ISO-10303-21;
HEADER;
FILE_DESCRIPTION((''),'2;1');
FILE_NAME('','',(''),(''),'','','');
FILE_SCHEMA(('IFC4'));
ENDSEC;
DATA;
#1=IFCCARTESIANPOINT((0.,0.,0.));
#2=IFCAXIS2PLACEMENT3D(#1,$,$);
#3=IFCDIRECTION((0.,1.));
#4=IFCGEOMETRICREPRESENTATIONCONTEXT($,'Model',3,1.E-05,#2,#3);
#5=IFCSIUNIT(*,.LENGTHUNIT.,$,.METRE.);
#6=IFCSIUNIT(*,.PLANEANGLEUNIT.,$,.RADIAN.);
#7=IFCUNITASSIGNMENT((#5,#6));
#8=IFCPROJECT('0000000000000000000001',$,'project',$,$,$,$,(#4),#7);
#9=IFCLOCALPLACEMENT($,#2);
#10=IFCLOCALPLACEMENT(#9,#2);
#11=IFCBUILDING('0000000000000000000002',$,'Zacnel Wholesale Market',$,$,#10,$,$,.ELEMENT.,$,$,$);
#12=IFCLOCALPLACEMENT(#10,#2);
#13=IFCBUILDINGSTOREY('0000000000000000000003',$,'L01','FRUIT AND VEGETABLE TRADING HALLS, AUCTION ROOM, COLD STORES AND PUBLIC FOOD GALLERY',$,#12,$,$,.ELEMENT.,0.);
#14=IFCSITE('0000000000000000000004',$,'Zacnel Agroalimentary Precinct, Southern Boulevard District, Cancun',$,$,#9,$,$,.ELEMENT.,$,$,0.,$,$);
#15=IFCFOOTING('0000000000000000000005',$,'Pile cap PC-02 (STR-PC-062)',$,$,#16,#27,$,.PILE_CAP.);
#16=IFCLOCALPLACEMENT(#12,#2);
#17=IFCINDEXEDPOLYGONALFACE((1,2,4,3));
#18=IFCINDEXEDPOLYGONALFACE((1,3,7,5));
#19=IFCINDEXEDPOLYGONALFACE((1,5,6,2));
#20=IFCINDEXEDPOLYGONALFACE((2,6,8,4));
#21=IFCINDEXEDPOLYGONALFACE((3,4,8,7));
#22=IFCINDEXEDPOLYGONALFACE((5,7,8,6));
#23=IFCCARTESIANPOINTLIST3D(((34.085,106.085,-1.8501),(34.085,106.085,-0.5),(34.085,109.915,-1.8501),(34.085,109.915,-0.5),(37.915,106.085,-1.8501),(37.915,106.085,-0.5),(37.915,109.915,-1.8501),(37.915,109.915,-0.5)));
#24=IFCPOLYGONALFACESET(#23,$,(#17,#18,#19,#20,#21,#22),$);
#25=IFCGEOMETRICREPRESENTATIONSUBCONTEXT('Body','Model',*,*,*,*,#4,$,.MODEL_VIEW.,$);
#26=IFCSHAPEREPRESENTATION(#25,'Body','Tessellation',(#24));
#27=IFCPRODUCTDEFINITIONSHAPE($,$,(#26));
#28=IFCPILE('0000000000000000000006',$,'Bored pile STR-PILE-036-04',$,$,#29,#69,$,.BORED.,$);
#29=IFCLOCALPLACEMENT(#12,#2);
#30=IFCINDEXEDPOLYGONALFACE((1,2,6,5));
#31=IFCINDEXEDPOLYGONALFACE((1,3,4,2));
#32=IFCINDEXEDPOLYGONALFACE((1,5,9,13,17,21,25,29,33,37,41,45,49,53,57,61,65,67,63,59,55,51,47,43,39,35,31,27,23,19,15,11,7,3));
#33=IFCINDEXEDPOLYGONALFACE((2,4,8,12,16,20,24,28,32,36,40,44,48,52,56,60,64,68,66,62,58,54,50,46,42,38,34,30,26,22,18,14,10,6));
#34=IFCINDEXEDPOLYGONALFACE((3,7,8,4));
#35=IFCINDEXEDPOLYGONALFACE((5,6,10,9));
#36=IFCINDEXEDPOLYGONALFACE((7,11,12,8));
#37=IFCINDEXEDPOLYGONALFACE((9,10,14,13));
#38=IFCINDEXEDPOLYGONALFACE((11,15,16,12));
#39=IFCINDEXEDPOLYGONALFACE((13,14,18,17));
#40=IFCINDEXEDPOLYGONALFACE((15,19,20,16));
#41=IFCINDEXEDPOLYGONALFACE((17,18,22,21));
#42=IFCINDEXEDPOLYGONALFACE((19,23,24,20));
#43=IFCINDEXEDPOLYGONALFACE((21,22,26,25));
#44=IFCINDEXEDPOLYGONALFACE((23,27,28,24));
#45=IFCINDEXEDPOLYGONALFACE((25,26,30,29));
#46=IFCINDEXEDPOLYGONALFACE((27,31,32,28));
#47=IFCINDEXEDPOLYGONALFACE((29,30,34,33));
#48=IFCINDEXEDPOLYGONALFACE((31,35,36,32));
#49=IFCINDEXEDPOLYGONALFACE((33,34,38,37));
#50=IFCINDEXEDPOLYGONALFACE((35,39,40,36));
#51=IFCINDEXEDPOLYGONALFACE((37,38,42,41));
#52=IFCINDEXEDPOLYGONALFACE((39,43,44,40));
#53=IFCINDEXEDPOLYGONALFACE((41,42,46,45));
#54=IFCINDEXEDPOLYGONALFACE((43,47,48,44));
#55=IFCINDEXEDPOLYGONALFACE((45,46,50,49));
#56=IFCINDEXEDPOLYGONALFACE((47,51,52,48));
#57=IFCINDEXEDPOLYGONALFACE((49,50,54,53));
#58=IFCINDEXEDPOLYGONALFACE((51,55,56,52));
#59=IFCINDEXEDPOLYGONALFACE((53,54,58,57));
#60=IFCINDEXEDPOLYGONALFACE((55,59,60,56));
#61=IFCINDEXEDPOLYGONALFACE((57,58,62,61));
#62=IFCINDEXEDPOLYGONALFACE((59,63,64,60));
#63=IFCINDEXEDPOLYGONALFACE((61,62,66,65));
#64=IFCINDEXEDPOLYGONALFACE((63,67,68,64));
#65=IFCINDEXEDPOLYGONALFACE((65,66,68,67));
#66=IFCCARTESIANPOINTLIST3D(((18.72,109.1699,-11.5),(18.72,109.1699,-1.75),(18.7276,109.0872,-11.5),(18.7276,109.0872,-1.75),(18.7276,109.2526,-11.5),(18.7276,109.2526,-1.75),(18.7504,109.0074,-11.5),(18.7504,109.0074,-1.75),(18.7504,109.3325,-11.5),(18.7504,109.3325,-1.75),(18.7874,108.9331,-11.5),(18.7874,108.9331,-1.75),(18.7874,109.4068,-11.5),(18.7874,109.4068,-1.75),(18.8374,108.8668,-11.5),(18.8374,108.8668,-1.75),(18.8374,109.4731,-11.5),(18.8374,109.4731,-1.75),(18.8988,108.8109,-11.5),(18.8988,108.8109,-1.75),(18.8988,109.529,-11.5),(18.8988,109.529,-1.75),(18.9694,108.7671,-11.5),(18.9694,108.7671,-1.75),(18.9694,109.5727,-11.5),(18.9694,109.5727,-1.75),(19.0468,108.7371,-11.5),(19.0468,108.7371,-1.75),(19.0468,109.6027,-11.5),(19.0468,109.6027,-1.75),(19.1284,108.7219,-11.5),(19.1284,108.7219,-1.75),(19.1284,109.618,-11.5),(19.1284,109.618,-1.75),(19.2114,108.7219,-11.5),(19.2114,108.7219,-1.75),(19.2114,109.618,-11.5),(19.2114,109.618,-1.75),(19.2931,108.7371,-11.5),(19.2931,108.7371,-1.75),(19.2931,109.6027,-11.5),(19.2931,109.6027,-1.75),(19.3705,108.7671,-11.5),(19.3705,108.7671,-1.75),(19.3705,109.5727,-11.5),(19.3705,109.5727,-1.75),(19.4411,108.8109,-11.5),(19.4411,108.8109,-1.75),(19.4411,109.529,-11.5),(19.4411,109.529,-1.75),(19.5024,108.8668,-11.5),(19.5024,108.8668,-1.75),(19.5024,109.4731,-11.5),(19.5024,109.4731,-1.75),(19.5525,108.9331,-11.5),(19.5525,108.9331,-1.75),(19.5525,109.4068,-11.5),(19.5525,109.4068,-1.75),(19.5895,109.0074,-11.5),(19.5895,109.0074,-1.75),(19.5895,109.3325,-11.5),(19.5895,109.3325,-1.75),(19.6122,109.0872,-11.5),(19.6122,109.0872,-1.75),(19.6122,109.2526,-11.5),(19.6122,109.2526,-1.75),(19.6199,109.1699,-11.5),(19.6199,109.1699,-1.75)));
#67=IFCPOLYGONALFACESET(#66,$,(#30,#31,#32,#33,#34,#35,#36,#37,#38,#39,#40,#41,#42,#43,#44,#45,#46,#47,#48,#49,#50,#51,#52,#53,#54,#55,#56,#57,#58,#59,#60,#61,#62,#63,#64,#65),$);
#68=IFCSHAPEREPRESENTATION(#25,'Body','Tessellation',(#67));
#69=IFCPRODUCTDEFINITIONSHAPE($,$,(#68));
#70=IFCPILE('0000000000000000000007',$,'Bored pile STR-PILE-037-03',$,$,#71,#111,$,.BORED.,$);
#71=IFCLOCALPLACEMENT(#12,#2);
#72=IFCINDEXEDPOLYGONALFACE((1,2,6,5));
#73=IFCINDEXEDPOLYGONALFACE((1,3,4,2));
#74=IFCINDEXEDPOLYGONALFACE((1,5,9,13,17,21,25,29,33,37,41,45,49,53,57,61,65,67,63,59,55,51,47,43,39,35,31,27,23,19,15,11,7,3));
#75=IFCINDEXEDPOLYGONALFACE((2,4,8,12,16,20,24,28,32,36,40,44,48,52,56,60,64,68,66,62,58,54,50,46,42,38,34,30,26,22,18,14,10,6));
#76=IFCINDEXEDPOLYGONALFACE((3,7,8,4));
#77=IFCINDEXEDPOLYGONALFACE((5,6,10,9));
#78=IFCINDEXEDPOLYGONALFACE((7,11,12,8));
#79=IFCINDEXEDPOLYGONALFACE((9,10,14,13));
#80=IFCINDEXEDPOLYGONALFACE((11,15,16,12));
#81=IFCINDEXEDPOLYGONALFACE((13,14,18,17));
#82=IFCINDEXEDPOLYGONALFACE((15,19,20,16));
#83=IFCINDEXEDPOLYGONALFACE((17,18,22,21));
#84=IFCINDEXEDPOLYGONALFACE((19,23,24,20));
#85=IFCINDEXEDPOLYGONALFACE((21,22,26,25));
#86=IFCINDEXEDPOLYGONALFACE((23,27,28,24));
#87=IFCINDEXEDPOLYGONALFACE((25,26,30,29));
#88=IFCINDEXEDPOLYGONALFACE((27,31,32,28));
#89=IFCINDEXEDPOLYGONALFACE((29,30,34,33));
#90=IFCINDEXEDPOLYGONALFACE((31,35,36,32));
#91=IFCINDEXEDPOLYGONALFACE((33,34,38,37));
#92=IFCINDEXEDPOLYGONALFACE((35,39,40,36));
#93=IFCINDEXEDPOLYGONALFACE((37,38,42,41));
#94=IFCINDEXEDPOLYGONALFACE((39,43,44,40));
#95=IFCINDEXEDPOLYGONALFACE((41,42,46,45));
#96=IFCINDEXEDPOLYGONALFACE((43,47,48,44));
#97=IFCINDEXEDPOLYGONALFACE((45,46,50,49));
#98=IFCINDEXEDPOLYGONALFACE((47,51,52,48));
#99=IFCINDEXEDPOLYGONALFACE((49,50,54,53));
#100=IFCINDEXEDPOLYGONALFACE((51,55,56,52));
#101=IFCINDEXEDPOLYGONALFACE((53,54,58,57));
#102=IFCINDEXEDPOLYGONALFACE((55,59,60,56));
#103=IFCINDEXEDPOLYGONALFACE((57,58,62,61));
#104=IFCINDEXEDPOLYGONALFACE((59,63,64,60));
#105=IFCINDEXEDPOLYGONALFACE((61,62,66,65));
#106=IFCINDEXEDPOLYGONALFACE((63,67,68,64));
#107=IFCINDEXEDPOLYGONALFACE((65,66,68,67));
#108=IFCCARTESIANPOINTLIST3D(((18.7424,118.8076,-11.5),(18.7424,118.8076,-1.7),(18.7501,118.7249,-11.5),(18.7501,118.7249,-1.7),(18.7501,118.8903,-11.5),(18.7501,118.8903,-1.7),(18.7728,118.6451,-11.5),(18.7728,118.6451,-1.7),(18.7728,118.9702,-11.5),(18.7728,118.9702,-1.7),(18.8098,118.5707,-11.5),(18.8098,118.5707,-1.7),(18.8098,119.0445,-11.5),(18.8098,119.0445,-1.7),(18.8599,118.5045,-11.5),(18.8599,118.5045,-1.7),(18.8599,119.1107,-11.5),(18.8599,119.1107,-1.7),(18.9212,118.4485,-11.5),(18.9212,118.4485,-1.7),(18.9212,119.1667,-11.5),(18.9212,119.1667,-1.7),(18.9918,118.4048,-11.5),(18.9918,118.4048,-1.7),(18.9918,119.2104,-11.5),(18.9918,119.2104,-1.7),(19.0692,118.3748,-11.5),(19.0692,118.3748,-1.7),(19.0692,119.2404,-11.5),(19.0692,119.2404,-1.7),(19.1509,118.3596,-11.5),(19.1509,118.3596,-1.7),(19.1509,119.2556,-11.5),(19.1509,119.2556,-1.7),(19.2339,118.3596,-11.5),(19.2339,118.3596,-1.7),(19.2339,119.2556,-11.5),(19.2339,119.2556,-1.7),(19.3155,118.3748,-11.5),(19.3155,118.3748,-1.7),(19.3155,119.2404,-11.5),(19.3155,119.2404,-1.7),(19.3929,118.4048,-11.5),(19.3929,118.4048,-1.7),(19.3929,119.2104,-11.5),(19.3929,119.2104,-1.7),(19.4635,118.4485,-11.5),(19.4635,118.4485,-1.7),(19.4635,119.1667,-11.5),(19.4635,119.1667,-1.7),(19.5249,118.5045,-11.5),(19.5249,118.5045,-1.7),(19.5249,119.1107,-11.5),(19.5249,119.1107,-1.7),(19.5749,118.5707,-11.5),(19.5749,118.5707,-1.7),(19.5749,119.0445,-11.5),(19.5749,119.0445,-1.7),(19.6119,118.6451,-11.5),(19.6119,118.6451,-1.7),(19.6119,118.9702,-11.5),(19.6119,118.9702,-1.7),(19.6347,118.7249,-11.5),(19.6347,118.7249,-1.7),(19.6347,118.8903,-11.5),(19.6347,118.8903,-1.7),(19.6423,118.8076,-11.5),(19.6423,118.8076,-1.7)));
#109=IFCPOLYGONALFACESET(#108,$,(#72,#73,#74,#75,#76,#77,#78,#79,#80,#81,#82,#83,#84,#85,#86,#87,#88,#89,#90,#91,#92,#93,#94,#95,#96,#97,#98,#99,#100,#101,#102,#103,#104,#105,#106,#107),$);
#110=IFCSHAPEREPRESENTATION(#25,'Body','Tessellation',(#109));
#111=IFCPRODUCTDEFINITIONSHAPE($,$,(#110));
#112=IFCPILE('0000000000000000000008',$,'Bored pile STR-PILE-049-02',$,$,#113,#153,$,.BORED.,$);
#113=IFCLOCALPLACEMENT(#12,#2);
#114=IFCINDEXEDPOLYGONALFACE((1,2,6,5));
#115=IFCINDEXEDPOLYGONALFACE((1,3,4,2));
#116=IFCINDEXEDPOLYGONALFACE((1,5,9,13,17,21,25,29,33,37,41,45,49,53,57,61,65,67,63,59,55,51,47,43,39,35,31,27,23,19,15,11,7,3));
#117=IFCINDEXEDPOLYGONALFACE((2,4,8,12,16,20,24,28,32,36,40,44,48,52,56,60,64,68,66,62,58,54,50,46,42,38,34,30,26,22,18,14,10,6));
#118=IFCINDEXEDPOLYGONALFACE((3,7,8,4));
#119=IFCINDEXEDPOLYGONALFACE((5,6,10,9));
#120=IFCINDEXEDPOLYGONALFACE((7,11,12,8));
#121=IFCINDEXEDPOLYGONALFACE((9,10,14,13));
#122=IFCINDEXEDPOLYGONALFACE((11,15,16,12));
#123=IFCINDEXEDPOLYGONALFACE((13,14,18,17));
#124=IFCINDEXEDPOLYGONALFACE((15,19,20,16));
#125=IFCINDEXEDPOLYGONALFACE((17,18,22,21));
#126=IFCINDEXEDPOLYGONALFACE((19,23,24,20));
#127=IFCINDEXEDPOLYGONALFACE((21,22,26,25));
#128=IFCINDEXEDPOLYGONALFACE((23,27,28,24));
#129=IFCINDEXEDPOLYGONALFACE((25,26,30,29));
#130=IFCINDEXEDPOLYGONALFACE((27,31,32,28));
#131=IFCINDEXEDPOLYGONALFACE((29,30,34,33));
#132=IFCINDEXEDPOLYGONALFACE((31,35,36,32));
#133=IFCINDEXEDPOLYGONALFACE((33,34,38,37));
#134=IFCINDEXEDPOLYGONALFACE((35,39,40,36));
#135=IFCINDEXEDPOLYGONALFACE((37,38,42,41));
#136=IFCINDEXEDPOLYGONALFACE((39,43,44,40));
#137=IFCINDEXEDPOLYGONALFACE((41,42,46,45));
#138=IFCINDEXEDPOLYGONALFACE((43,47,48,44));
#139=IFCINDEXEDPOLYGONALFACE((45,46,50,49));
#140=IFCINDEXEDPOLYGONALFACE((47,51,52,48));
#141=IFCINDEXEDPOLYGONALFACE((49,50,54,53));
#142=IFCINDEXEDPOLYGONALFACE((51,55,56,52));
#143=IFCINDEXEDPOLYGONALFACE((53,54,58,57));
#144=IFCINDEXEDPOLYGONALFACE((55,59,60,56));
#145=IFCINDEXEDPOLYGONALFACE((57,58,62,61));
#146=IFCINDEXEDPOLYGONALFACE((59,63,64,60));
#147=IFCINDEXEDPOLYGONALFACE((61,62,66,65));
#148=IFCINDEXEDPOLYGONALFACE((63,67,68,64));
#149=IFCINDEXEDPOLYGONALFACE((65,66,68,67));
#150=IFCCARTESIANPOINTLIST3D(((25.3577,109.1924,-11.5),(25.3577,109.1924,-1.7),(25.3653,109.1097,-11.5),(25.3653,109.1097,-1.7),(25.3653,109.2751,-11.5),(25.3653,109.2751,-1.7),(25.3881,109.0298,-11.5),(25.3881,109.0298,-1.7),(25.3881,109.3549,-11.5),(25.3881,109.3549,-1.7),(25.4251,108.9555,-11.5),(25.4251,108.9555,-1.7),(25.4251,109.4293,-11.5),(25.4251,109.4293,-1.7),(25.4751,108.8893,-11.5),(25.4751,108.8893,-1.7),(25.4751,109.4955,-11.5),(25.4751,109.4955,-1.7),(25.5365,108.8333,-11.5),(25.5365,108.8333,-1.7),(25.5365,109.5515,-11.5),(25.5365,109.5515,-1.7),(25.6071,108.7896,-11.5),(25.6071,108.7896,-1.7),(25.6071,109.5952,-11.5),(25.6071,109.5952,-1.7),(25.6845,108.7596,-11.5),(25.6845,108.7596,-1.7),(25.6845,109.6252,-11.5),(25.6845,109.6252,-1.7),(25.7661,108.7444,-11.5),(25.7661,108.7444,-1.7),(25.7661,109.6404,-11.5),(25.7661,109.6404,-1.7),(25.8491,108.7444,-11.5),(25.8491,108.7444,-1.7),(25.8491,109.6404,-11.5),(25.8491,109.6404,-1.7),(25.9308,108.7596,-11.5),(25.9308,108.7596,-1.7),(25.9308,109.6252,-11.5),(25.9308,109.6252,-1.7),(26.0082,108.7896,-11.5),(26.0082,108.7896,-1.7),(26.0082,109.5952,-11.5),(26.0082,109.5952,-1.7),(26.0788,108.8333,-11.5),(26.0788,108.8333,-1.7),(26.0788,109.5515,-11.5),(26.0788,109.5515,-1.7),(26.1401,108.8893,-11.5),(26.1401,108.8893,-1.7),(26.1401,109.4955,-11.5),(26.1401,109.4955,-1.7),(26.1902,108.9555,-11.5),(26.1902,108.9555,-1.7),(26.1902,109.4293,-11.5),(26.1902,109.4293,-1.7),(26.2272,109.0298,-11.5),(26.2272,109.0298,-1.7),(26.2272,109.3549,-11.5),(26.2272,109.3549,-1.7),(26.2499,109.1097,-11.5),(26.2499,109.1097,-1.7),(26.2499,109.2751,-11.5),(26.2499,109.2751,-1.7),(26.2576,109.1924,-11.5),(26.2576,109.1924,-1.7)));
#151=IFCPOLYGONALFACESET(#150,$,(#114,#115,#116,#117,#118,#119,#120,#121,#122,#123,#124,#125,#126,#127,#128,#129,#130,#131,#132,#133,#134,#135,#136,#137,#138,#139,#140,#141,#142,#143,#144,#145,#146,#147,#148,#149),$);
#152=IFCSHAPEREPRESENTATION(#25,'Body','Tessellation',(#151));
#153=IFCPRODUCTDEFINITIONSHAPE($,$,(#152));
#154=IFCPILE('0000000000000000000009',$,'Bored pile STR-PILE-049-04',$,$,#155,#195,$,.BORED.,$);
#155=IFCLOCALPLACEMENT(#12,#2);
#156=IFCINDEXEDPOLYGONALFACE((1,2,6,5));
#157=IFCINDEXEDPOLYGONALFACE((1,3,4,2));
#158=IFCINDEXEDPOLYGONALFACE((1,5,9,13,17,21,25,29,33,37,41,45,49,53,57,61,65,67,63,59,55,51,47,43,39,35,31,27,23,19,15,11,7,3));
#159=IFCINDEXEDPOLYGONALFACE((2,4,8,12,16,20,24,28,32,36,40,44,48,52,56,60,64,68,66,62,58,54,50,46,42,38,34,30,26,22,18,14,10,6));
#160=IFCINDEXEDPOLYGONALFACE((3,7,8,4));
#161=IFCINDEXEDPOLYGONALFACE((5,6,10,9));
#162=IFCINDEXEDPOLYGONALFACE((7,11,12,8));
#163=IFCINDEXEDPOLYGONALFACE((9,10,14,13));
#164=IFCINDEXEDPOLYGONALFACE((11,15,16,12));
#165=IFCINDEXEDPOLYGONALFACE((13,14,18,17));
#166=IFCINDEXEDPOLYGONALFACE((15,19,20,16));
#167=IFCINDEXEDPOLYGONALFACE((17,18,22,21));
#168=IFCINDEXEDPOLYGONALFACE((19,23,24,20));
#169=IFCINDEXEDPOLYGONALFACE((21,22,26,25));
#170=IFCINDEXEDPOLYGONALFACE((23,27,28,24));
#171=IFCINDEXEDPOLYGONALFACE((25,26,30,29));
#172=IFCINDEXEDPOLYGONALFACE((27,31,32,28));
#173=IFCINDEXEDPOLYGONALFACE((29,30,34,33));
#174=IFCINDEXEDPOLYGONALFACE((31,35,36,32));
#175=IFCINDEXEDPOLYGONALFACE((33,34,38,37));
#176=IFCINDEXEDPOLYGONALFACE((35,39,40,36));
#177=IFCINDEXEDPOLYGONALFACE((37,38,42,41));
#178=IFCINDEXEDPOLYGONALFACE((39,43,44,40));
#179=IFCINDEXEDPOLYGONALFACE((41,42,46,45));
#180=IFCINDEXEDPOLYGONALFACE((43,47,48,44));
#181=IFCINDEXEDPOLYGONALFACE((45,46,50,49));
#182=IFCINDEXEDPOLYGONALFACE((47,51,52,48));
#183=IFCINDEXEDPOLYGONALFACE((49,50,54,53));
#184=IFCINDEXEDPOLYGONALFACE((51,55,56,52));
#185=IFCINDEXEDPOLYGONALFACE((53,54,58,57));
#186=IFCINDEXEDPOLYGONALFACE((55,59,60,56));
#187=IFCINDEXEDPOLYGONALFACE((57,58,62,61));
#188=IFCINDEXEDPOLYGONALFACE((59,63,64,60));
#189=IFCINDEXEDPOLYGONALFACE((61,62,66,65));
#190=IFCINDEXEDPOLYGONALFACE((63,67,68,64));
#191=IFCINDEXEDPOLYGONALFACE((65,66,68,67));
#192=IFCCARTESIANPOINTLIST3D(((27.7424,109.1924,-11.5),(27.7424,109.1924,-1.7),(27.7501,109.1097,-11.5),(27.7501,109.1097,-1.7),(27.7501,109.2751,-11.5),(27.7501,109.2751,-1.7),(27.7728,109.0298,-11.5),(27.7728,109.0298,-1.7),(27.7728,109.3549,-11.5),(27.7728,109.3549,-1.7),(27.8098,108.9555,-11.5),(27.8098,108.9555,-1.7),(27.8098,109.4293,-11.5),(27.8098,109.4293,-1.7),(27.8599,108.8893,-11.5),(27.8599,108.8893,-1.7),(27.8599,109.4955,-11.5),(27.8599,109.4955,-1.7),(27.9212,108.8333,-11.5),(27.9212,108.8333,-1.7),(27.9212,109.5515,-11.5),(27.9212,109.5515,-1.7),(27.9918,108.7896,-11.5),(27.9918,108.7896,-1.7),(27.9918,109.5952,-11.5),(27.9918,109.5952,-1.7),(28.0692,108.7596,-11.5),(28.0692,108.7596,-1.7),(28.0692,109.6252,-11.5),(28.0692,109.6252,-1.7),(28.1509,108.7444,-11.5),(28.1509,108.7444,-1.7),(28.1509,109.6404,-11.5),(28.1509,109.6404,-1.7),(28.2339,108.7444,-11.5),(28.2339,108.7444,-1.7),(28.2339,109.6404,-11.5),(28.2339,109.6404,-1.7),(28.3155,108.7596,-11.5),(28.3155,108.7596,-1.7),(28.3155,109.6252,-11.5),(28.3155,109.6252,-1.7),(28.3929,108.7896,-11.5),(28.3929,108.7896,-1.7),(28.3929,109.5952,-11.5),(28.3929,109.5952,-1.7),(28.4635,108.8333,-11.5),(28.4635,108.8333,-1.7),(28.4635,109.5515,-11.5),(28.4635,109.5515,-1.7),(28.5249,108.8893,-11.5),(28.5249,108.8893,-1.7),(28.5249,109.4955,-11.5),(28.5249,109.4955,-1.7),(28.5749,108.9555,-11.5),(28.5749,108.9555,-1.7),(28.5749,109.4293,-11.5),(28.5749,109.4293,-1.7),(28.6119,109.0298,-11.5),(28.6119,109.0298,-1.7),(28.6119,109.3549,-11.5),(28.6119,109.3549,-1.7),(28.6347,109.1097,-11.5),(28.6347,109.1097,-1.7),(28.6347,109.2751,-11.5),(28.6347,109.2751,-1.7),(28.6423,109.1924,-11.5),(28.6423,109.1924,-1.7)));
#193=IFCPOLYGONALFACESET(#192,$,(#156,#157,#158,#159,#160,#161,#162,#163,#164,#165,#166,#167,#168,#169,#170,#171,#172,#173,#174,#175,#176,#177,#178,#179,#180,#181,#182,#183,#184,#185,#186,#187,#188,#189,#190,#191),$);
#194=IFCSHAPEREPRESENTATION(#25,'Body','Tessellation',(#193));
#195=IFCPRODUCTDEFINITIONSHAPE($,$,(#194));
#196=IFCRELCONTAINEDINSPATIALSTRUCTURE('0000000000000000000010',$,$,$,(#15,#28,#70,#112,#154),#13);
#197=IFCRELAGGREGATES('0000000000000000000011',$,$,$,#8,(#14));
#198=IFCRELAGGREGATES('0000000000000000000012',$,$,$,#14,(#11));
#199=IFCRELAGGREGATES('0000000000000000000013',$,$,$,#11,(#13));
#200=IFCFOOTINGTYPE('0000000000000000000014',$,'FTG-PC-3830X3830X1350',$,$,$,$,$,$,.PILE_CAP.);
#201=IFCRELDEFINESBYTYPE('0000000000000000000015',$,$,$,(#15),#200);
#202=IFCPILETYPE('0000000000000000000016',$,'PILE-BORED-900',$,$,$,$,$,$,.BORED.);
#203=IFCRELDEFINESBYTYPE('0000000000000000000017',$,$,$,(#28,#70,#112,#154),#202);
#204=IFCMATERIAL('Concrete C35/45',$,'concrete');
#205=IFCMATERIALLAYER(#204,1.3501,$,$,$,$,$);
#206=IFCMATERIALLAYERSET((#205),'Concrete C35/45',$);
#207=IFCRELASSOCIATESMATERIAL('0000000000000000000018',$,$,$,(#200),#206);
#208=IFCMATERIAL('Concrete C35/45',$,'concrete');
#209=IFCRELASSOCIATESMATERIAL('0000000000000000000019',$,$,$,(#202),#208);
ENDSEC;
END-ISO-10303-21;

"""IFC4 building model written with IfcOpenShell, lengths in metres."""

from ifc_helpers import new_model, si_unit, direction, frame, origin, origin_2d, place, context, subcontext, project, spatial, rectangle, circle, extrude, material, layer, layer_set, material_profile, profile_set, type_object, element, save


model = new_model("IFC4")

# Units and contexts
model_context = context("Model", 3, precision=1e-05, world=origin(), true_north=direction((0.0, 1.0)))
body_context = subcontext(model_context, "Body", "Model", "MODEL_VIEW")
ifc_project = project(units=[si_unit("LENGTHUNIT", "METRE"), si_unit("PLANEANGLEUNIT", "RADIAN")], contexts=[model_context])

# Site, building, storey
site_placement = place(None, origin())
site = spatial("IfcSite", under=ifc_project, at=site_placement, Name="Zacnel Agroalimentary Precinct, Southern Boulevard District, Cancun", CompositionType="ELEMENT", RefElevation=0.0)
building_placement = place(site_placement, origin())
building = spatial("IfcBuilding", under=site, at=building_placement, Name="Zacnel Wholesale Market", CompositionType="ELEMENT")
storey_placement = place(building_placement, origin())
storey = spatial("IfcBuildingStorey", under=building, at=storey_placement, Name="L01", Description="FRUIT AND VEGETABLE TRADING HALLS, AUCTION ROOM, COLD STORES AND PUBLIC FOOD GALLERY", CompositionType="ELEMENT", Elevation=0.0)

# Footing
ifc_material_1 = material(Name="Concrete C35/45", Category="concrete")
ifc_layer_1 = layer(ifc_material_1, 1.3501)
ifc_layer_set_1 = layer_set([ifc_layer_1], Name="Concrete C35/45")
footing_type = type_object("IfcFootingType", Name="FTG-PC-3830X3830X1350", PredefinedType="PILE_CAP", material=ifc_layer_set_1)
footing_placement = place(storey_placement, frame((36.0, 108.0, -1.8501), z_axis=(0.0, 0.0, 1.0), x_axis=(1.0, 0.0, 0.0)))
element("IfcFooting", 1, at=footing_placement, inside=storey, type_object=footing_type, Name="Pile cap PC-02 (STR-PC-062)", PredefinedType="PILE_CAP", context=body_context, shape_type="SweptSolid", body=[
    extrude(rectangle(XDim=3.8301, YDim=3.8301, at=origin_2d()), origin(), (0.0, 0.0, 1.0), 1.3501),
])

# Piles
ifc_material_2 = material(Name="Concrete C35/45", Category="concrete")
ifc_material_profile_1 = material_profile(ifc_material_2, circle(Radius=0.45, at=origin_2d()), Name="BORED PILE D900")
ifc_profile_set_1 = profile_set([ifc_material_profile_1], Name="Concrete C35/45")
pile_type = type_object("IfcPileType", Name="PILE-BORED-900", PredefinedType="BORED", material=ifc_profile_set_1)
pile_placement = place(storey_placement, frame((19.1699, 109.1699, -1.75), z_axis=(0.0, 0.0, -1.0), x_axis=(1.0, 0.0, 0.0)))
element("IfcPile", 2, at=pile_placement, inside=storey, type_object=pile_type, Name="Bored pile STR-PILE-036-04", PredefinedType="BORED", context=body_context, shape_type="SweptSolid", body=[
    extrude(circle(Radius=0.45, at=origin_2d()), origin(), (0.0, 0.0, 1.0), 9.75),
])
for number, where, z_axis, x_axis, name in (
    (3, (19.1924, 118.8076, -1.7), (0.0, 0.0, -1.0), (1.0, 0.0, 0.0), "Bored pile STR-PILE-037-03"),
    (4, (25.8076, 109.1924, -1.7), (0.0, 0.0, -1.0), (1.0, 0.0, 0.0), "Bored pile STR-PILE-049-02"),
    (5, (28.1924, 109.1924, -1.7), (0.0, 0.0, -1.0), (1.0, 0.0, 0.0), "Bored pile STR-PILE-049-04"),
):
    element("IfcPile", number, at=place(storey_placement, frame(where, z_axis=z_axis, x_axis=x_axis)), inside=storey, type_object=pile_type, Name=name, PredefinedType="BORED", context=body_context, shape_type="SweptSolid", body=[
        extrude(circle(Radius=0.45, at=origin_2d()), origin(), (0.0, 0.0, 1.0), 9.8),
    ])

save(model, "model.ifc")
